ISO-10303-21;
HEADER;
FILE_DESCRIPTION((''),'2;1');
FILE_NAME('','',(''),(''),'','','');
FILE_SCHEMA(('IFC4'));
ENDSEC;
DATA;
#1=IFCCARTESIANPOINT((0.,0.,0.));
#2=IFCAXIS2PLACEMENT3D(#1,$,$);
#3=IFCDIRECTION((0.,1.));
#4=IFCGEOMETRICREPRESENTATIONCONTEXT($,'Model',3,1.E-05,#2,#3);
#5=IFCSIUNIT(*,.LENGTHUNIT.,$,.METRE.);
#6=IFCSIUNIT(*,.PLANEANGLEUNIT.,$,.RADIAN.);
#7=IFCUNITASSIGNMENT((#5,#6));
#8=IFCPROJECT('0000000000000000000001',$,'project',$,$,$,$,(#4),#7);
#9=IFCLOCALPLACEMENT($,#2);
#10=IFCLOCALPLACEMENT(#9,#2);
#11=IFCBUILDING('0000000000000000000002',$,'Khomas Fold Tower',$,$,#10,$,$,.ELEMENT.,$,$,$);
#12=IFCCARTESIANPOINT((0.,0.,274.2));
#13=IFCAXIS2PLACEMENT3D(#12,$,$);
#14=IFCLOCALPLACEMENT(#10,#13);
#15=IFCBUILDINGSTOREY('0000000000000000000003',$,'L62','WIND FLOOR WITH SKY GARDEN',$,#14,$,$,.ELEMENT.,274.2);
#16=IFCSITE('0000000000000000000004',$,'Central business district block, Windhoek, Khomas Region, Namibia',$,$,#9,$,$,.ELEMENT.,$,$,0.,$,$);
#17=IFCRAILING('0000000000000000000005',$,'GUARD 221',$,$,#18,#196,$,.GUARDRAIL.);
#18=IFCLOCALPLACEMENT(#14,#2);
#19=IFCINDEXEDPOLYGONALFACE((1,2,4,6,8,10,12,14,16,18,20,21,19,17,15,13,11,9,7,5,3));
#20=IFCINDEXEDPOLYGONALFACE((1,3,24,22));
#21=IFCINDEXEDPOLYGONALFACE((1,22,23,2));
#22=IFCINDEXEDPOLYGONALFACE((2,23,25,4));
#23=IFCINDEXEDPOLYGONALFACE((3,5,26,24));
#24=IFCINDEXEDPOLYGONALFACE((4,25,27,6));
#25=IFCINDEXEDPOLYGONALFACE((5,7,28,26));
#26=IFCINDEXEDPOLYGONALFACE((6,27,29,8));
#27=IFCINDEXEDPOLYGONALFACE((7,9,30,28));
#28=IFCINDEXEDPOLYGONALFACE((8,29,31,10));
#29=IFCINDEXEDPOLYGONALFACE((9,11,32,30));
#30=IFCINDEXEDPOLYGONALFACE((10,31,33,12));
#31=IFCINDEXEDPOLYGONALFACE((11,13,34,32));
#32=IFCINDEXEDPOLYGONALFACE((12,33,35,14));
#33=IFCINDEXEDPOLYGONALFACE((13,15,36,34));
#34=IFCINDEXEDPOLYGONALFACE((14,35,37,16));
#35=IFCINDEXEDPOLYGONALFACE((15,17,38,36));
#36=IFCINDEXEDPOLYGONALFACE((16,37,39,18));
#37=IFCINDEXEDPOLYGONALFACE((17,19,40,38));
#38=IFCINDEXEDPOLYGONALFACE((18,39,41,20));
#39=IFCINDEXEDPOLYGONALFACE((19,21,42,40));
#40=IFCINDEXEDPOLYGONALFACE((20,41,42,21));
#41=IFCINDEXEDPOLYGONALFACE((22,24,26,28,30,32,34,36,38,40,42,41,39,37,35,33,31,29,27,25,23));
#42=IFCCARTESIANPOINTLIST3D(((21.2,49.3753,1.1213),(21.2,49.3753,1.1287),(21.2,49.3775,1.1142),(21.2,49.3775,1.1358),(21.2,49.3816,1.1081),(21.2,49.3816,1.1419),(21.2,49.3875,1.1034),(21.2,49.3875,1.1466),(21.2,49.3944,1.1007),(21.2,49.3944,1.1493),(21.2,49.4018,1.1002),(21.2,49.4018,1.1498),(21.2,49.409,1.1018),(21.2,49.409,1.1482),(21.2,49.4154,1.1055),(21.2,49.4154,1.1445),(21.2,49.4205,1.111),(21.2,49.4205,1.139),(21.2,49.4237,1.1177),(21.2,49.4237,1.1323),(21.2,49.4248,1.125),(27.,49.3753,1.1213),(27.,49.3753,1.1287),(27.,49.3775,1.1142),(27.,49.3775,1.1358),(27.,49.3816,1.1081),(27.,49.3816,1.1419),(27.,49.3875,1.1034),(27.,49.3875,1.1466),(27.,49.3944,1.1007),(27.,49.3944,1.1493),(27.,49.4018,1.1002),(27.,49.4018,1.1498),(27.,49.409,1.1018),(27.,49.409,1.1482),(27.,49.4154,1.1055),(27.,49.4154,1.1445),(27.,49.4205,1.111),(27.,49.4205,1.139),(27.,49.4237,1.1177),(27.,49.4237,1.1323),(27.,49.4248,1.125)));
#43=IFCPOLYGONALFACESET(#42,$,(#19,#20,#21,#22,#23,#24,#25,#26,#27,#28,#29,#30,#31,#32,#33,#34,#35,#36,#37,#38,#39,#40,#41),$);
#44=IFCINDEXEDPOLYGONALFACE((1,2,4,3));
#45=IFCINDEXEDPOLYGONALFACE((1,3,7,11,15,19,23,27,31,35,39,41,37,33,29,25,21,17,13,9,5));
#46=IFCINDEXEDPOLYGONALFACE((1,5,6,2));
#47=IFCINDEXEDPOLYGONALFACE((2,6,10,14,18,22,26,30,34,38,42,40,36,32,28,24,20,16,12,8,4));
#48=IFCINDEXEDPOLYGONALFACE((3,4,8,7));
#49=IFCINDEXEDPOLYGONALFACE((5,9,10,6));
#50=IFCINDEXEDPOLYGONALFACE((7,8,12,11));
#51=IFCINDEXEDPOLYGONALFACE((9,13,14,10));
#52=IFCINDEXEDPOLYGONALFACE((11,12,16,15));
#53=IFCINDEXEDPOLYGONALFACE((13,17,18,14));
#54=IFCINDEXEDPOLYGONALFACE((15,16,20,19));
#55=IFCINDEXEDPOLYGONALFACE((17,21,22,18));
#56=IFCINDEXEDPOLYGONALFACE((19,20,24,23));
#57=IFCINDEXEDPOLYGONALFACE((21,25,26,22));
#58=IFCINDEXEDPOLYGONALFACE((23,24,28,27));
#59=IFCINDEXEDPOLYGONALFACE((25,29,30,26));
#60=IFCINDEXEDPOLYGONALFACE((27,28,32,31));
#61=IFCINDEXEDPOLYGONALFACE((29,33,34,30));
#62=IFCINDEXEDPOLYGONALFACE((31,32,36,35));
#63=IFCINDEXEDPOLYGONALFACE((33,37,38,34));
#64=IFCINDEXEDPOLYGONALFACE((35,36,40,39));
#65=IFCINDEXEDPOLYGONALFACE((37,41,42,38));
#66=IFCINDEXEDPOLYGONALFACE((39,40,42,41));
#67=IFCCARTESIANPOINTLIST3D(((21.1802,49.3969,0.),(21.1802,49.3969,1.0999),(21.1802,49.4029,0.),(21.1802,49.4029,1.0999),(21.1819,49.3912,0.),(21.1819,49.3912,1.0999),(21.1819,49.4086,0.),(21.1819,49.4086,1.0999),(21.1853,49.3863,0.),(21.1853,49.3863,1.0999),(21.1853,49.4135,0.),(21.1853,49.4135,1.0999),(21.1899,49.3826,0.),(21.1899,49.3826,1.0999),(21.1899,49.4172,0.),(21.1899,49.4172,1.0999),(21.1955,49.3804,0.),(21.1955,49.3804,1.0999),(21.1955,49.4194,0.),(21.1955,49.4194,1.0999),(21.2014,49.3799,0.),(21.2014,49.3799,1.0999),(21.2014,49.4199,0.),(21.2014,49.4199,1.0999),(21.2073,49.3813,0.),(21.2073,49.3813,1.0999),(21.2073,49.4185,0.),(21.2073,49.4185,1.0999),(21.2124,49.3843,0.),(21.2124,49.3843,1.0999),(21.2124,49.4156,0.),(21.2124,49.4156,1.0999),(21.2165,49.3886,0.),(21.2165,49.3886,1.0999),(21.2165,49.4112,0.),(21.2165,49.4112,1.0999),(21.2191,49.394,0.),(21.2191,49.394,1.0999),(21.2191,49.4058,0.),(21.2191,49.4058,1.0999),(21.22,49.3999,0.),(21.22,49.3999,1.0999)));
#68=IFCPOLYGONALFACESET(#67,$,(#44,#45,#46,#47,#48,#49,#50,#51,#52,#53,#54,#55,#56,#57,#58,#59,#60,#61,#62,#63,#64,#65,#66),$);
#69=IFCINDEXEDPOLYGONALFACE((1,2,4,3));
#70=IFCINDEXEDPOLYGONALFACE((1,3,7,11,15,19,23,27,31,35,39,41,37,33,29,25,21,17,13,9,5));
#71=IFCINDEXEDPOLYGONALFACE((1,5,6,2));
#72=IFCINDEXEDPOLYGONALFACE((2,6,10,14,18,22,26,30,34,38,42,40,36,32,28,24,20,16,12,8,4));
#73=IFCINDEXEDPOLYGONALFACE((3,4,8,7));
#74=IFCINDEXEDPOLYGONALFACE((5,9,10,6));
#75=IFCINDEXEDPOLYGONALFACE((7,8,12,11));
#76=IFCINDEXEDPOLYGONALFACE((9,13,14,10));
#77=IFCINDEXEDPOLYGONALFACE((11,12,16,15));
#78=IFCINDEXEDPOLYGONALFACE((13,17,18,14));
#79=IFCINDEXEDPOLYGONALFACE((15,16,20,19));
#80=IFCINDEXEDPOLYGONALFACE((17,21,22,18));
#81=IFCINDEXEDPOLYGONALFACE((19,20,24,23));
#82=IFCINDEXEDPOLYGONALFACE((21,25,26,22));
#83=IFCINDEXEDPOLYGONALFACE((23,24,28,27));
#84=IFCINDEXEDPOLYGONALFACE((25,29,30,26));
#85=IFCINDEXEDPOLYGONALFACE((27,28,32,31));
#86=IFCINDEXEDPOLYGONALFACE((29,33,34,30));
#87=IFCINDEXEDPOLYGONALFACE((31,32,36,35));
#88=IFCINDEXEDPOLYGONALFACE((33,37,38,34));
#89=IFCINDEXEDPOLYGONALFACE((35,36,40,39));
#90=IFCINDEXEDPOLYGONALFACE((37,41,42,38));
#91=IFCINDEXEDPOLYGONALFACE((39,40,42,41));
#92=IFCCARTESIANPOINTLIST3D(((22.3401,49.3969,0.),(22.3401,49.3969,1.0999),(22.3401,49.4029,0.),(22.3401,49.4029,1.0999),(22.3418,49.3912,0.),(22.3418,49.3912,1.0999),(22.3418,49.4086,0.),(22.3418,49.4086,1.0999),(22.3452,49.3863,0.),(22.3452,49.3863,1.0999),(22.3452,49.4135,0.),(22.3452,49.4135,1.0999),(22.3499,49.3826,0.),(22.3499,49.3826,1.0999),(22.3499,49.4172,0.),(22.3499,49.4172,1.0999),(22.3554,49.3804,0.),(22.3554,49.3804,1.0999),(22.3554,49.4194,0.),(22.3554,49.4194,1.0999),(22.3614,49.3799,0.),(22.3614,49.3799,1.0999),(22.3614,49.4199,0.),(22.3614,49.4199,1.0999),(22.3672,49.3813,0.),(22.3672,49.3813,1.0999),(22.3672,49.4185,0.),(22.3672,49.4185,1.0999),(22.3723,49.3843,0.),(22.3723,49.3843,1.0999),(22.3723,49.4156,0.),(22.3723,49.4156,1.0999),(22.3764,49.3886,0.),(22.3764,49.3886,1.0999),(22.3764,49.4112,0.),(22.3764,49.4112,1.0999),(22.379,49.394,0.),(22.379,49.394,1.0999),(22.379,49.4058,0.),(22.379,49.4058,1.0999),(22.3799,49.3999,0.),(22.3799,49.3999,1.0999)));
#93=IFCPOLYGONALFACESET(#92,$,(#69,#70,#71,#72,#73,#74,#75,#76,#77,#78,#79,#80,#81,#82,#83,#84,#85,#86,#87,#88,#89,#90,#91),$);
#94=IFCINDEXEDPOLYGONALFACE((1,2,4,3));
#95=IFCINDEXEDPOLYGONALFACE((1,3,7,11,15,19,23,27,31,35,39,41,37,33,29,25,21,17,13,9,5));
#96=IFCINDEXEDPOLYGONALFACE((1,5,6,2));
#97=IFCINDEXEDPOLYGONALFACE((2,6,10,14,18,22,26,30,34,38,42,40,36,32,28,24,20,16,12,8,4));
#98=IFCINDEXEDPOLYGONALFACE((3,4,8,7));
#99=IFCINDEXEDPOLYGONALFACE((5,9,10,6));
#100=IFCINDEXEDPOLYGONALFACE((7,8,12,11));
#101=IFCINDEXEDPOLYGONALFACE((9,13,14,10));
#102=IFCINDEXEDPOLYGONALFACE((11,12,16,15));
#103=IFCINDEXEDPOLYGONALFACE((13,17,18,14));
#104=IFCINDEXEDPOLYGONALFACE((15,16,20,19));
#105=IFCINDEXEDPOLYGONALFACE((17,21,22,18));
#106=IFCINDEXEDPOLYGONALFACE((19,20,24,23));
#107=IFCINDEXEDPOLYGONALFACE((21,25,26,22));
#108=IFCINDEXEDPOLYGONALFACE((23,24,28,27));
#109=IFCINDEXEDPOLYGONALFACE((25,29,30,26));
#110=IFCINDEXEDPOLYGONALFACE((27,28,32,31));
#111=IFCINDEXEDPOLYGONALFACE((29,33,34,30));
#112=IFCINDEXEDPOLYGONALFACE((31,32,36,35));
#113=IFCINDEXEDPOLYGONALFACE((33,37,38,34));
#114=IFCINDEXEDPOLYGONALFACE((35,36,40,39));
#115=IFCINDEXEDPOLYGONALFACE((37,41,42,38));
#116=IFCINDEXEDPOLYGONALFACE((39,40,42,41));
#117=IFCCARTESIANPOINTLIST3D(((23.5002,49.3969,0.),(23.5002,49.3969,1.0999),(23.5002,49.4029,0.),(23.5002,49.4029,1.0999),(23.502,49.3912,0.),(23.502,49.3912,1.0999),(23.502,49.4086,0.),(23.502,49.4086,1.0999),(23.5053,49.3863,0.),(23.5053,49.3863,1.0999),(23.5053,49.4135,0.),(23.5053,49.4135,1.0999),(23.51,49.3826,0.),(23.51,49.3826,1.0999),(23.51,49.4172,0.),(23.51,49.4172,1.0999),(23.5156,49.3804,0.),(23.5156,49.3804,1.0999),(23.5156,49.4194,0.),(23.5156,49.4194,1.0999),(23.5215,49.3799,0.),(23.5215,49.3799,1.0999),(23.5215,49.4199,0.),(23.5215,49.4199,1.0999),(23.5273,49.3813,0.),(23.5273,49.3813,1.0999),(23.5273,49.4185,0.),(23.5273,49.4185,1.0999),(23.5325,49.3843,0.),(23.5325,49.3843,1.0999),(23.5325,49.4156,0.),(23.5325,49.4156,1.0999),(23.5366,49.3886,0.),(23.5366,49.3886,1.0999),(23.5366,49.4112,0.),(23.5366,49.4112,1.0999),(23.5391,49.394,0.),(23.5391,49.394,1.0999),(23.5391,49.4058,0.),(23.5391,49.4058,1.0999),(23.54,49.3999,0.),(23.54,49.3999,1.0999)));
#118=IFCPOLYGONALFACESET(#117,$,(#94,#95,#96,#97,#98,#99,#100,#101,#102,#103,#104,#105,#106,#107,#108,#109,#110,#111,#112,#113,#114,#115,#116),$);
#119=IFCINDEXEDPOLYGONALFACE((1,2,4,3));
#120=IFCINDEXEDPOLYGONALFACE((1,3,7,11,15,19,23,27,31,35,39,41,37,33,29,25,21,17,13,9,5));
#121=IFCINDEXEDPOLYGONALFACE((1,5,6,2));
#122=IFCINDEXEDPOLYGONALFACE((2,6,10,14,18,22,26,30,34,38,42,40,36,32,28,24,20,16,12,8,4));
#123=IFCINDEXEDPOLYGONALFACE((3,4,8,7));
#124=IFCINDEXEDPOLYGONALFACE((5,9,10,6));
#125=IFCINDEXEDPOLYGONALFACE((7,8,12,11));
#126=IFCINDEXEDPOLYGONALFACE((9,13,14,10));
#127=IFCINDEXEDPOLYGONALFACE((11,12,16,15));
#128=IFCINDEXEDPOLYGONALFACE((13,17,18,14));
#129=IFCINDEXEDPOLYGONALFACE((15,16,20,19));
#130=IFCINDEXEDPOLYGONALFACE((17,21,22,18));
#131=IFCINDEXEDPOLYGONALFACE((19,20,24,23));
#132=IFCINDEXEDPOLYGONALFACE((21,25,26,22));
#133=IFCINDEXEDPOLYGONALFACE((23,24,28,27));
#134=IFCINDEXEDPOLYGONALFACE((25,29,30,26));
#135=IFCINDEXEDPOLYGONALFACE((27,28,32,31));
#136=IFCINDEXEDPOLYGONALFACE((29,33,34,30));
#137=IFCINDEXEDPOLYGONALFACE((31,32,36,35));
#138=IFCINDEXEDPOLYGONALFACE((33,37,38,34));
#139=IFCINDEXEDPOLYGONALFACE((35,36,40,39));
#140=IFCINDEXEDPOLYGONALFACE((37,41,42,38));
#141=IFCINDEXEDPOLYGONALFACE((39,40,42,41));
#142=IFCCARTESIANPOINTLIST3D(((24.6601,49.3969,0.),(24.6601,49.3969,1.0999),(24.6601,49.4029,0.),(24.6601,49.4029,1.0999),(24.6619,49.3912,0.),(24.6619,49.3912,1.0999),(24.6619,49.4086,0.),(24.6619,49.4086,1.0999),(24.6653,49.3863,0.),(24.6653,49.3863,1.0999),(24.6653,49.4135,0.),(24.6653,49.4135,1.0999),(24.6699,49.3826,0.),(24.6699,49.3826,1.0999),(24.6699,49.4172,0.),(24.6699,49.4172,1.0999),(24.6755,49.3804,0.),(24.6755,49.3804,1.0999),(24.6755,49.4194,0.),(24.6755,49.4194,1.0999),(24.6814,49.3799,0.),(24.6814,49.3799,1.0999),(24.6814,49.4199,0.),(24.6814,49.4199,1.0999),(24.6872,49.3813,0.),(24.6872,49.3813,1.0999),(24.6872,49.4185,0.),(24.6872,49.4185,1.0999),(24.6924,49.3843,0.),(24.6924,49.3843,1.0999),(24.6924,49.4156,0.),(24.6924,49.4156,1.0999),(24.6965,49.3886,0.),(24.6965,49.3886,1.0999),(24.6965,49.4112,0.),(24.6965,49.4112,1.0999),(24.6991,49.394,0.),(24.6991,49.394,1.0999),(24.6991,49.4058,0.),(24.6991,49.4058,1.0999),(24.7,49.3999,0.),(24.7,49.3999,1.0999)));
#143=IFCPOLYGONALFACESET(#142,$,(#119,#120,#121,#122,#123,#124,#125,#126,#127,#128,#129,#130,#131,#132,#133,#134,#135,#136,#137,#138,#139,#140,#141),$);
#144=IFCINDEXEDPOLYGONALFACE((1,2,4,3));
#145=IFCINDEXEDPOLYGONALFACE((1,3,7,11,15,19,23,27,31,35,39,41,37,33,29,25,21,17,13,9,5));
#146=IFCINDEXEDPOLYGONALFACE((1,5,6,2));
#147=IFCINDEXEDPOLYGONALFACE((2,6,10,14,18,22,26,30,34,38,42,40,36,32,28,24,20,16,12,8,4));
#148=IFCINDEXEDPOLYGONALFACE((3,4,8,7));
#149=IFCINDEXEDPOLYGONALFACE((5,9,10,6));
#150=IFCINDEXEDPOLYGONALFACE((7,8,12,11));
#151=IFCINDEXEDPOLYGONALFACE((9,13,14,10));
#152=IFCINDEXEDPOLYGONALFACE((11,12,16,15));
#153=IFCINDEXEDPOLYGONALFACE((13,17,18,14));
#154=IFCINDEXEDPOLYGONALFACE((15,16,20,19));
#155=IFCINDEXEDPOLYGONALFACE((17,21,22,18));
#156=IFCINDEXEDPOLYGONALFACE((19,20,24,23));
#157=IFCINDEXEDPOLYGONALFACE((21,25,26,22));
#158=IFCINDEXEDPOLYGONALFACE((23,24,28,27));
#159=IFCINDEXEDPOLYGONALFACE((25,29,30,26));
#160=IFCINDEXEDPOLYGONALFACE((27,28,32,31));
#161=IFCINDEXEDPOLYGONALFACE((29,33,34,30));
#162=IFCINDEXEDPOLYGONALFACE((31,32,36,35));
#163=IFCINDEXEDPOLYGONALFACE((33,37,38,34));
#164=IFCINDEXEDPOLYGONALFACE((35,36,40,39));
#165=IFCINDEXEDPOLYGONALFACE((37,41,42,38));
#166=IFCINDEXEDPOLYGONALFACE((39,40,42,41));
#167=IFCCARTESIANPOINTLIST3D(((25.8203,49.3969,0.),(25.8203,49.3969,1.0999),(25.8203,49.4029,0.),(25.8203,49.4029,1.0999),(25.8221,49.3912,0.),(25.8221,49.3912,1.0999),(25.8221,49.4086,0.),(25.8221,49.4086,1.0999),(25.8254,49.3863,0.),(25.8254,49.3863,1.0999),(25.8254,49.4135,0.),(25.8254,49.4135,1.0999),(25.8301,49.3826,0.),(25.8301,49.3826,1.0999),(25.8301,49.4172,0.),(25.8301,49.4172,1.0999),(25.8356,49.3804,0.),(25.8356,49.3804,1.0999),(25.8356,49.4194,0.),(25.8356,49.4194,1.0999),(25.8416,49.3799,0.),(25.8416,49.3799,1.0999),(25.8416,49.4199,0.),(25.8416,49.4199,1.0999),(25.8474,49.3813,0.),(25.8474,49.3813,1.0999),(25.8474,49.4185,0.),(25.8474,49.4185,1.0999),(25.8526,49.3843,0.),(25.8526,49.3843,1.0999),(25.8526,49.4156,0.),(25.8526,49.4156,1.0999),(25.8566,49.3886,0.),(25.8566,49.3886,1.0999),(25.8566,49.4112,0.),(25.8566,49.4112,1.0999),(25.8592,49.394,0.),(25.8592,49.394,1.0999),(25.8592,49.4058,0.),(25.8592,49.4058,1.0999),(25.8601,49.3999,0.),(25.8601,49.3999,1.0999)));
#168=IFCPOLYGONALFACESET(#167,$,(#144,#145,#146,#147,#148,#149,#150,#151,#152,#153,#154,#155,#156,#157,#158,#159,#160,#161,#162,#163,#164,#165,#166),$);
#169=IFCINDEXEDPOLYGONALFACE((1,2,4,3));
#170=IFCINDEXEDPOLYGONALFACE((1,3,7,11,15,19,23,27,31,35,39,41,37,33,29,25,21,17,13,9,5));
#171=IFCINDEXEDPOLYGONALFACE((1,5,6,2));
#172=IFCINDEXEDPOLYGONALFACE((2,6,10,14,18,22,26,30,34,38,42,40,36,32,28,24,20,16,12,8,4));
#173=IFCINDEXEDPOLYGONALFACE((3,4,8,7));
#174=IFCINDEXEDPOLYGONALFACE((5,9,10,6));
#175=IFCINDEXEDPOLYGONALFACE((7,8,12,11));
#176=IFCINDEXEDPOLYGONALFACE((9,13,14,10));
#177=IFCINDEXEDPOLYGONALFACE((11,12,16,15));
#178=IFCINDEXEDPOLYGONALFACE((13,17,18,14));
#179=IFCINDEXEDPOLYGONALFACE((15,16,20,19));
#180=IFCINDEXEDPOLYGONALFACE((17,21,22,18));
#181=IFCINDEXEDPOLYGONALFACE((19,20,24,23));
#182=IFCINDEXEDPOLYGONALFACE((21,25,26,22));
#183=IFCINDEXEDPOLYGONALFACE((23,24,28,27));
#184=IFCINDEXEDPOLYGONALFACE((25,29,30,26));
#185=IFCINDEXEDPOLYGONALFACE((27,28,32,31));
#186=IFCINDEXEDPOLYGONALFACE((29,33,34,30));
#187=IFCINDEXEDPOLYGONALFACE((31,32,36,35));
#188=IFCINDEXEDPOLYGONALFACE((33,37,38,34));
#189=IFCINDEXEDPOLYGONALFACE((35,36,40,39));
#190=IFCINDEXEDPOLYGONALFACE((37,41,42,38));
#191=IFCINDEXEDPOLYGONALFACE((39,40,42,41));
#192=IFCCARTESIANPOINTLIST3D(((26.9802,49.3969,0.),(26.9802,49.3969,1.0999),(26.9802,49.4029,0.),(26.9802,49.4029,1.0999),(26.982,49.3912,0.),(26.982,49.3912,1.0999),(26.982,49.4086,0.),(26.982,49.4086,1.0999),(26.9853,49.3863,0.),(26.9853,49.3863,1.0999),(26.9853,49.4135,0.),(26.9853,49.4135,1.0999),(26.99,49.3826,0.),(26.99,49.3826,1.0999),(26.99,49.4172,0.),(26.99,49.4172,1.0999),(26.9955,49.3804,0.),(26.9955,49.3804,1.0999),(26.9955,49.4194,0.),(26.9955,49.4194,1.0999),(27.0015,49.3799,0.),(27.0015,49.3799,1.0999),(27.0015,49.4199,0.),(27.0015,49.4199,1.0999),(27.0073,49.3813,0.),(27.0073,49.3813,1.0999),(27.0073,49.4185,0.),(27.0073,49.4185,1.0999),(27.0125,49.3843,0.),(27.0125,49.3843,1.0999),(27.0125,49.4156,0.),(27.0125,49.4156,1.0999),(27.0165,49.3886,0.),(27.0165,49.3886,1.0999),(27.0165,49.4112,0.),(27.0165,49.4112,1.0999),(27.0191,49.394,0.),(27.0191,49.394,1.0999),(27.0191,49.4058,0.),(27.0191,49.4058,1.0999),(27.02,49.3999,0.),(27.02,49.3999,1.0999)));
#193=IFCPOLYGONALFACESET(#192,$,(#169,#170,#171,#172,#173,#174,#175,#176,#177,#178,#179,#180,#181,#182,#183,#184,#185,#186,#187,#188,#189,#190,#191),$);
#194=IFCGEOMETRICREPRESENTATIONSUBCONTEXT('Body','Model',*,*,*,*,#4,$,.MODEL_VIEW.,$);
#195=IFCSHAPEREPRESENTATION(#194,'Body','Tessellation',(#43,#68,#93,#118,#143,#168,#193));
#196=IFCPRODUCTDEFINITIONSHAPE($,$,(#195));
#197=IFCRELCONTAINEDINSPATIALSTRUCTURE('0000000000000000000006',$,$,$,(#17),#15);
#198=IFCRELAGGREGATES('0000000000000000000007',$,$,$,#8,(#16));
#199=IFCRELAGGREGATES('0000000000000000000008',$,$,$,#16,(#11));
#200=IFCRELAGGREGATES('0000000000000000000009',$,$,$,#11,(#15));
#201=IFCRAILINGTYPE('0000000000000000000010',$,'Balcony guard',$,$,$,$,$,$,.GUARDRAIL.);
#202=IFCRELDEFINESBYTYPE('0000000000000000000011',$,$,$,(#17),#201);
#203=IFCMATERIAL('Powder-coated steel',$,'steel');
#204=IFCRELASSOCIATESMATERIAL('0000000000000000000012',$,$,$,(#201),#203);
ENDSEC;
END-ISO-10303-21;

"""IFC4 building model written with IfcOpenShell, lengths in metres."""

from ifc_helpers import new_model, si_unit, direction, frame, origin, origin_2d, place, context, subcontext, project, spatial, circle, extrude, source, transform, mapped, material, type_object, element, save


model = new_model("IFC4")

# Units and contexts
model_context = context("Model", 3, precision=1e-05, world=origin(), true_north=direction((0.0, 1.0)))
body_context = subcontext(model_context, "Body", "Model", "MODEL_VIEW")
ifc_project = project(units=[si_unit("LENGTHUNIT", "METRE"), si_unit("PLANEANGLEUNIT", "RADIAN")], contexts=[model_context])

# Site, building, storey
site_placement = place(None, origin())
site = spatial("IfcSite", under=ifc_project, at=site_placement, Name="Central business district block, Windhoek, Khomas Region, Namibia", CompositionType="ELEMENT", RefElevation=0.0)
building_placement = place(site_placement, origin())
building = spatial("IfcBuilding", under=site, at=building_placement, Name="Khomas Fold Tower", CompositionType="ELEMENT")
storey_placement = place(building_placement, frame((0.0, 0.0, 274.2)))
storey = spatial("IfcBuildingStorey", under=building, at=storey_placement, Name="L62", Description="WIND FLOOR WITH SKY GARDEN", CompositionType="ELEMENT", Elevation=274.2)

# Railing
ifc_material_1 = material(Name="Powder-coated steel", Category="steel")
railing_type_1 = type_object("IfcRailingType", Name="Balcony guard", PredefinedType="GUARDRAIL", material=ifc_material_1)
shared_shape_1 = source(origin(), body_context, "Body", "SweptSolid", [
    extrude(circle(Radius=0.0249, at=origin_2d()), frame((0.0, 0.0, 1.125), z_axis=(1.0, 0.0, 0.0), x_axis=(0.0, 1.0, 0.0)), (0.0, 0.0, 1.0), 5.8),
    extrude(circle(Radius=0.02, at=origin_2d()), origin(), (0.0, 0.0, 1.0), 1.0999),
    extrude(circle(Radius=0.02, at=origin_2d()), frame((1.1599, 0.0, 0.0)), (0.0, 0.0, 1.0), 1.0999),
    extrude(circle(Radius=0.02, at=origin_2d()), frame((2.3201, 0.0, 0.0)), (0.0, 0.0, 1.0), 1.0999),
    extrude(circle(Radius=0.02, at=origin_2d()), frame((3.48, 0.0, 0.0)), (0.0, 0.0, 1.0), 1.0999),
    extrude(circle(Radius=0.02, at=origin_2d()), frame((4.6401, 0.0, 0.0)), (0.0, 0.0, 1.0), 1.0999),
    extrude(circle(Radius=0.02, at=origin_2d()), frame((5.8, 0.0, 0.0)), (0.0, 0.0, 1.0), 1.0999),
])
railing_placement = place(storey_placement, frame((21.2, 49.3999, 0.0)))
element("IfcRailing", 1, at=railing_placement, inside=storey, type_object=railing_type_1, Name="GUARD 221", PredefinedType="GUARDRAIL", context=body_context, shape_type="MappedRepresentation", body=[
    mapped(shared_shape_1, transform((0.0, 0.0, 0.0))),
])

save(model, "model.ifc")
